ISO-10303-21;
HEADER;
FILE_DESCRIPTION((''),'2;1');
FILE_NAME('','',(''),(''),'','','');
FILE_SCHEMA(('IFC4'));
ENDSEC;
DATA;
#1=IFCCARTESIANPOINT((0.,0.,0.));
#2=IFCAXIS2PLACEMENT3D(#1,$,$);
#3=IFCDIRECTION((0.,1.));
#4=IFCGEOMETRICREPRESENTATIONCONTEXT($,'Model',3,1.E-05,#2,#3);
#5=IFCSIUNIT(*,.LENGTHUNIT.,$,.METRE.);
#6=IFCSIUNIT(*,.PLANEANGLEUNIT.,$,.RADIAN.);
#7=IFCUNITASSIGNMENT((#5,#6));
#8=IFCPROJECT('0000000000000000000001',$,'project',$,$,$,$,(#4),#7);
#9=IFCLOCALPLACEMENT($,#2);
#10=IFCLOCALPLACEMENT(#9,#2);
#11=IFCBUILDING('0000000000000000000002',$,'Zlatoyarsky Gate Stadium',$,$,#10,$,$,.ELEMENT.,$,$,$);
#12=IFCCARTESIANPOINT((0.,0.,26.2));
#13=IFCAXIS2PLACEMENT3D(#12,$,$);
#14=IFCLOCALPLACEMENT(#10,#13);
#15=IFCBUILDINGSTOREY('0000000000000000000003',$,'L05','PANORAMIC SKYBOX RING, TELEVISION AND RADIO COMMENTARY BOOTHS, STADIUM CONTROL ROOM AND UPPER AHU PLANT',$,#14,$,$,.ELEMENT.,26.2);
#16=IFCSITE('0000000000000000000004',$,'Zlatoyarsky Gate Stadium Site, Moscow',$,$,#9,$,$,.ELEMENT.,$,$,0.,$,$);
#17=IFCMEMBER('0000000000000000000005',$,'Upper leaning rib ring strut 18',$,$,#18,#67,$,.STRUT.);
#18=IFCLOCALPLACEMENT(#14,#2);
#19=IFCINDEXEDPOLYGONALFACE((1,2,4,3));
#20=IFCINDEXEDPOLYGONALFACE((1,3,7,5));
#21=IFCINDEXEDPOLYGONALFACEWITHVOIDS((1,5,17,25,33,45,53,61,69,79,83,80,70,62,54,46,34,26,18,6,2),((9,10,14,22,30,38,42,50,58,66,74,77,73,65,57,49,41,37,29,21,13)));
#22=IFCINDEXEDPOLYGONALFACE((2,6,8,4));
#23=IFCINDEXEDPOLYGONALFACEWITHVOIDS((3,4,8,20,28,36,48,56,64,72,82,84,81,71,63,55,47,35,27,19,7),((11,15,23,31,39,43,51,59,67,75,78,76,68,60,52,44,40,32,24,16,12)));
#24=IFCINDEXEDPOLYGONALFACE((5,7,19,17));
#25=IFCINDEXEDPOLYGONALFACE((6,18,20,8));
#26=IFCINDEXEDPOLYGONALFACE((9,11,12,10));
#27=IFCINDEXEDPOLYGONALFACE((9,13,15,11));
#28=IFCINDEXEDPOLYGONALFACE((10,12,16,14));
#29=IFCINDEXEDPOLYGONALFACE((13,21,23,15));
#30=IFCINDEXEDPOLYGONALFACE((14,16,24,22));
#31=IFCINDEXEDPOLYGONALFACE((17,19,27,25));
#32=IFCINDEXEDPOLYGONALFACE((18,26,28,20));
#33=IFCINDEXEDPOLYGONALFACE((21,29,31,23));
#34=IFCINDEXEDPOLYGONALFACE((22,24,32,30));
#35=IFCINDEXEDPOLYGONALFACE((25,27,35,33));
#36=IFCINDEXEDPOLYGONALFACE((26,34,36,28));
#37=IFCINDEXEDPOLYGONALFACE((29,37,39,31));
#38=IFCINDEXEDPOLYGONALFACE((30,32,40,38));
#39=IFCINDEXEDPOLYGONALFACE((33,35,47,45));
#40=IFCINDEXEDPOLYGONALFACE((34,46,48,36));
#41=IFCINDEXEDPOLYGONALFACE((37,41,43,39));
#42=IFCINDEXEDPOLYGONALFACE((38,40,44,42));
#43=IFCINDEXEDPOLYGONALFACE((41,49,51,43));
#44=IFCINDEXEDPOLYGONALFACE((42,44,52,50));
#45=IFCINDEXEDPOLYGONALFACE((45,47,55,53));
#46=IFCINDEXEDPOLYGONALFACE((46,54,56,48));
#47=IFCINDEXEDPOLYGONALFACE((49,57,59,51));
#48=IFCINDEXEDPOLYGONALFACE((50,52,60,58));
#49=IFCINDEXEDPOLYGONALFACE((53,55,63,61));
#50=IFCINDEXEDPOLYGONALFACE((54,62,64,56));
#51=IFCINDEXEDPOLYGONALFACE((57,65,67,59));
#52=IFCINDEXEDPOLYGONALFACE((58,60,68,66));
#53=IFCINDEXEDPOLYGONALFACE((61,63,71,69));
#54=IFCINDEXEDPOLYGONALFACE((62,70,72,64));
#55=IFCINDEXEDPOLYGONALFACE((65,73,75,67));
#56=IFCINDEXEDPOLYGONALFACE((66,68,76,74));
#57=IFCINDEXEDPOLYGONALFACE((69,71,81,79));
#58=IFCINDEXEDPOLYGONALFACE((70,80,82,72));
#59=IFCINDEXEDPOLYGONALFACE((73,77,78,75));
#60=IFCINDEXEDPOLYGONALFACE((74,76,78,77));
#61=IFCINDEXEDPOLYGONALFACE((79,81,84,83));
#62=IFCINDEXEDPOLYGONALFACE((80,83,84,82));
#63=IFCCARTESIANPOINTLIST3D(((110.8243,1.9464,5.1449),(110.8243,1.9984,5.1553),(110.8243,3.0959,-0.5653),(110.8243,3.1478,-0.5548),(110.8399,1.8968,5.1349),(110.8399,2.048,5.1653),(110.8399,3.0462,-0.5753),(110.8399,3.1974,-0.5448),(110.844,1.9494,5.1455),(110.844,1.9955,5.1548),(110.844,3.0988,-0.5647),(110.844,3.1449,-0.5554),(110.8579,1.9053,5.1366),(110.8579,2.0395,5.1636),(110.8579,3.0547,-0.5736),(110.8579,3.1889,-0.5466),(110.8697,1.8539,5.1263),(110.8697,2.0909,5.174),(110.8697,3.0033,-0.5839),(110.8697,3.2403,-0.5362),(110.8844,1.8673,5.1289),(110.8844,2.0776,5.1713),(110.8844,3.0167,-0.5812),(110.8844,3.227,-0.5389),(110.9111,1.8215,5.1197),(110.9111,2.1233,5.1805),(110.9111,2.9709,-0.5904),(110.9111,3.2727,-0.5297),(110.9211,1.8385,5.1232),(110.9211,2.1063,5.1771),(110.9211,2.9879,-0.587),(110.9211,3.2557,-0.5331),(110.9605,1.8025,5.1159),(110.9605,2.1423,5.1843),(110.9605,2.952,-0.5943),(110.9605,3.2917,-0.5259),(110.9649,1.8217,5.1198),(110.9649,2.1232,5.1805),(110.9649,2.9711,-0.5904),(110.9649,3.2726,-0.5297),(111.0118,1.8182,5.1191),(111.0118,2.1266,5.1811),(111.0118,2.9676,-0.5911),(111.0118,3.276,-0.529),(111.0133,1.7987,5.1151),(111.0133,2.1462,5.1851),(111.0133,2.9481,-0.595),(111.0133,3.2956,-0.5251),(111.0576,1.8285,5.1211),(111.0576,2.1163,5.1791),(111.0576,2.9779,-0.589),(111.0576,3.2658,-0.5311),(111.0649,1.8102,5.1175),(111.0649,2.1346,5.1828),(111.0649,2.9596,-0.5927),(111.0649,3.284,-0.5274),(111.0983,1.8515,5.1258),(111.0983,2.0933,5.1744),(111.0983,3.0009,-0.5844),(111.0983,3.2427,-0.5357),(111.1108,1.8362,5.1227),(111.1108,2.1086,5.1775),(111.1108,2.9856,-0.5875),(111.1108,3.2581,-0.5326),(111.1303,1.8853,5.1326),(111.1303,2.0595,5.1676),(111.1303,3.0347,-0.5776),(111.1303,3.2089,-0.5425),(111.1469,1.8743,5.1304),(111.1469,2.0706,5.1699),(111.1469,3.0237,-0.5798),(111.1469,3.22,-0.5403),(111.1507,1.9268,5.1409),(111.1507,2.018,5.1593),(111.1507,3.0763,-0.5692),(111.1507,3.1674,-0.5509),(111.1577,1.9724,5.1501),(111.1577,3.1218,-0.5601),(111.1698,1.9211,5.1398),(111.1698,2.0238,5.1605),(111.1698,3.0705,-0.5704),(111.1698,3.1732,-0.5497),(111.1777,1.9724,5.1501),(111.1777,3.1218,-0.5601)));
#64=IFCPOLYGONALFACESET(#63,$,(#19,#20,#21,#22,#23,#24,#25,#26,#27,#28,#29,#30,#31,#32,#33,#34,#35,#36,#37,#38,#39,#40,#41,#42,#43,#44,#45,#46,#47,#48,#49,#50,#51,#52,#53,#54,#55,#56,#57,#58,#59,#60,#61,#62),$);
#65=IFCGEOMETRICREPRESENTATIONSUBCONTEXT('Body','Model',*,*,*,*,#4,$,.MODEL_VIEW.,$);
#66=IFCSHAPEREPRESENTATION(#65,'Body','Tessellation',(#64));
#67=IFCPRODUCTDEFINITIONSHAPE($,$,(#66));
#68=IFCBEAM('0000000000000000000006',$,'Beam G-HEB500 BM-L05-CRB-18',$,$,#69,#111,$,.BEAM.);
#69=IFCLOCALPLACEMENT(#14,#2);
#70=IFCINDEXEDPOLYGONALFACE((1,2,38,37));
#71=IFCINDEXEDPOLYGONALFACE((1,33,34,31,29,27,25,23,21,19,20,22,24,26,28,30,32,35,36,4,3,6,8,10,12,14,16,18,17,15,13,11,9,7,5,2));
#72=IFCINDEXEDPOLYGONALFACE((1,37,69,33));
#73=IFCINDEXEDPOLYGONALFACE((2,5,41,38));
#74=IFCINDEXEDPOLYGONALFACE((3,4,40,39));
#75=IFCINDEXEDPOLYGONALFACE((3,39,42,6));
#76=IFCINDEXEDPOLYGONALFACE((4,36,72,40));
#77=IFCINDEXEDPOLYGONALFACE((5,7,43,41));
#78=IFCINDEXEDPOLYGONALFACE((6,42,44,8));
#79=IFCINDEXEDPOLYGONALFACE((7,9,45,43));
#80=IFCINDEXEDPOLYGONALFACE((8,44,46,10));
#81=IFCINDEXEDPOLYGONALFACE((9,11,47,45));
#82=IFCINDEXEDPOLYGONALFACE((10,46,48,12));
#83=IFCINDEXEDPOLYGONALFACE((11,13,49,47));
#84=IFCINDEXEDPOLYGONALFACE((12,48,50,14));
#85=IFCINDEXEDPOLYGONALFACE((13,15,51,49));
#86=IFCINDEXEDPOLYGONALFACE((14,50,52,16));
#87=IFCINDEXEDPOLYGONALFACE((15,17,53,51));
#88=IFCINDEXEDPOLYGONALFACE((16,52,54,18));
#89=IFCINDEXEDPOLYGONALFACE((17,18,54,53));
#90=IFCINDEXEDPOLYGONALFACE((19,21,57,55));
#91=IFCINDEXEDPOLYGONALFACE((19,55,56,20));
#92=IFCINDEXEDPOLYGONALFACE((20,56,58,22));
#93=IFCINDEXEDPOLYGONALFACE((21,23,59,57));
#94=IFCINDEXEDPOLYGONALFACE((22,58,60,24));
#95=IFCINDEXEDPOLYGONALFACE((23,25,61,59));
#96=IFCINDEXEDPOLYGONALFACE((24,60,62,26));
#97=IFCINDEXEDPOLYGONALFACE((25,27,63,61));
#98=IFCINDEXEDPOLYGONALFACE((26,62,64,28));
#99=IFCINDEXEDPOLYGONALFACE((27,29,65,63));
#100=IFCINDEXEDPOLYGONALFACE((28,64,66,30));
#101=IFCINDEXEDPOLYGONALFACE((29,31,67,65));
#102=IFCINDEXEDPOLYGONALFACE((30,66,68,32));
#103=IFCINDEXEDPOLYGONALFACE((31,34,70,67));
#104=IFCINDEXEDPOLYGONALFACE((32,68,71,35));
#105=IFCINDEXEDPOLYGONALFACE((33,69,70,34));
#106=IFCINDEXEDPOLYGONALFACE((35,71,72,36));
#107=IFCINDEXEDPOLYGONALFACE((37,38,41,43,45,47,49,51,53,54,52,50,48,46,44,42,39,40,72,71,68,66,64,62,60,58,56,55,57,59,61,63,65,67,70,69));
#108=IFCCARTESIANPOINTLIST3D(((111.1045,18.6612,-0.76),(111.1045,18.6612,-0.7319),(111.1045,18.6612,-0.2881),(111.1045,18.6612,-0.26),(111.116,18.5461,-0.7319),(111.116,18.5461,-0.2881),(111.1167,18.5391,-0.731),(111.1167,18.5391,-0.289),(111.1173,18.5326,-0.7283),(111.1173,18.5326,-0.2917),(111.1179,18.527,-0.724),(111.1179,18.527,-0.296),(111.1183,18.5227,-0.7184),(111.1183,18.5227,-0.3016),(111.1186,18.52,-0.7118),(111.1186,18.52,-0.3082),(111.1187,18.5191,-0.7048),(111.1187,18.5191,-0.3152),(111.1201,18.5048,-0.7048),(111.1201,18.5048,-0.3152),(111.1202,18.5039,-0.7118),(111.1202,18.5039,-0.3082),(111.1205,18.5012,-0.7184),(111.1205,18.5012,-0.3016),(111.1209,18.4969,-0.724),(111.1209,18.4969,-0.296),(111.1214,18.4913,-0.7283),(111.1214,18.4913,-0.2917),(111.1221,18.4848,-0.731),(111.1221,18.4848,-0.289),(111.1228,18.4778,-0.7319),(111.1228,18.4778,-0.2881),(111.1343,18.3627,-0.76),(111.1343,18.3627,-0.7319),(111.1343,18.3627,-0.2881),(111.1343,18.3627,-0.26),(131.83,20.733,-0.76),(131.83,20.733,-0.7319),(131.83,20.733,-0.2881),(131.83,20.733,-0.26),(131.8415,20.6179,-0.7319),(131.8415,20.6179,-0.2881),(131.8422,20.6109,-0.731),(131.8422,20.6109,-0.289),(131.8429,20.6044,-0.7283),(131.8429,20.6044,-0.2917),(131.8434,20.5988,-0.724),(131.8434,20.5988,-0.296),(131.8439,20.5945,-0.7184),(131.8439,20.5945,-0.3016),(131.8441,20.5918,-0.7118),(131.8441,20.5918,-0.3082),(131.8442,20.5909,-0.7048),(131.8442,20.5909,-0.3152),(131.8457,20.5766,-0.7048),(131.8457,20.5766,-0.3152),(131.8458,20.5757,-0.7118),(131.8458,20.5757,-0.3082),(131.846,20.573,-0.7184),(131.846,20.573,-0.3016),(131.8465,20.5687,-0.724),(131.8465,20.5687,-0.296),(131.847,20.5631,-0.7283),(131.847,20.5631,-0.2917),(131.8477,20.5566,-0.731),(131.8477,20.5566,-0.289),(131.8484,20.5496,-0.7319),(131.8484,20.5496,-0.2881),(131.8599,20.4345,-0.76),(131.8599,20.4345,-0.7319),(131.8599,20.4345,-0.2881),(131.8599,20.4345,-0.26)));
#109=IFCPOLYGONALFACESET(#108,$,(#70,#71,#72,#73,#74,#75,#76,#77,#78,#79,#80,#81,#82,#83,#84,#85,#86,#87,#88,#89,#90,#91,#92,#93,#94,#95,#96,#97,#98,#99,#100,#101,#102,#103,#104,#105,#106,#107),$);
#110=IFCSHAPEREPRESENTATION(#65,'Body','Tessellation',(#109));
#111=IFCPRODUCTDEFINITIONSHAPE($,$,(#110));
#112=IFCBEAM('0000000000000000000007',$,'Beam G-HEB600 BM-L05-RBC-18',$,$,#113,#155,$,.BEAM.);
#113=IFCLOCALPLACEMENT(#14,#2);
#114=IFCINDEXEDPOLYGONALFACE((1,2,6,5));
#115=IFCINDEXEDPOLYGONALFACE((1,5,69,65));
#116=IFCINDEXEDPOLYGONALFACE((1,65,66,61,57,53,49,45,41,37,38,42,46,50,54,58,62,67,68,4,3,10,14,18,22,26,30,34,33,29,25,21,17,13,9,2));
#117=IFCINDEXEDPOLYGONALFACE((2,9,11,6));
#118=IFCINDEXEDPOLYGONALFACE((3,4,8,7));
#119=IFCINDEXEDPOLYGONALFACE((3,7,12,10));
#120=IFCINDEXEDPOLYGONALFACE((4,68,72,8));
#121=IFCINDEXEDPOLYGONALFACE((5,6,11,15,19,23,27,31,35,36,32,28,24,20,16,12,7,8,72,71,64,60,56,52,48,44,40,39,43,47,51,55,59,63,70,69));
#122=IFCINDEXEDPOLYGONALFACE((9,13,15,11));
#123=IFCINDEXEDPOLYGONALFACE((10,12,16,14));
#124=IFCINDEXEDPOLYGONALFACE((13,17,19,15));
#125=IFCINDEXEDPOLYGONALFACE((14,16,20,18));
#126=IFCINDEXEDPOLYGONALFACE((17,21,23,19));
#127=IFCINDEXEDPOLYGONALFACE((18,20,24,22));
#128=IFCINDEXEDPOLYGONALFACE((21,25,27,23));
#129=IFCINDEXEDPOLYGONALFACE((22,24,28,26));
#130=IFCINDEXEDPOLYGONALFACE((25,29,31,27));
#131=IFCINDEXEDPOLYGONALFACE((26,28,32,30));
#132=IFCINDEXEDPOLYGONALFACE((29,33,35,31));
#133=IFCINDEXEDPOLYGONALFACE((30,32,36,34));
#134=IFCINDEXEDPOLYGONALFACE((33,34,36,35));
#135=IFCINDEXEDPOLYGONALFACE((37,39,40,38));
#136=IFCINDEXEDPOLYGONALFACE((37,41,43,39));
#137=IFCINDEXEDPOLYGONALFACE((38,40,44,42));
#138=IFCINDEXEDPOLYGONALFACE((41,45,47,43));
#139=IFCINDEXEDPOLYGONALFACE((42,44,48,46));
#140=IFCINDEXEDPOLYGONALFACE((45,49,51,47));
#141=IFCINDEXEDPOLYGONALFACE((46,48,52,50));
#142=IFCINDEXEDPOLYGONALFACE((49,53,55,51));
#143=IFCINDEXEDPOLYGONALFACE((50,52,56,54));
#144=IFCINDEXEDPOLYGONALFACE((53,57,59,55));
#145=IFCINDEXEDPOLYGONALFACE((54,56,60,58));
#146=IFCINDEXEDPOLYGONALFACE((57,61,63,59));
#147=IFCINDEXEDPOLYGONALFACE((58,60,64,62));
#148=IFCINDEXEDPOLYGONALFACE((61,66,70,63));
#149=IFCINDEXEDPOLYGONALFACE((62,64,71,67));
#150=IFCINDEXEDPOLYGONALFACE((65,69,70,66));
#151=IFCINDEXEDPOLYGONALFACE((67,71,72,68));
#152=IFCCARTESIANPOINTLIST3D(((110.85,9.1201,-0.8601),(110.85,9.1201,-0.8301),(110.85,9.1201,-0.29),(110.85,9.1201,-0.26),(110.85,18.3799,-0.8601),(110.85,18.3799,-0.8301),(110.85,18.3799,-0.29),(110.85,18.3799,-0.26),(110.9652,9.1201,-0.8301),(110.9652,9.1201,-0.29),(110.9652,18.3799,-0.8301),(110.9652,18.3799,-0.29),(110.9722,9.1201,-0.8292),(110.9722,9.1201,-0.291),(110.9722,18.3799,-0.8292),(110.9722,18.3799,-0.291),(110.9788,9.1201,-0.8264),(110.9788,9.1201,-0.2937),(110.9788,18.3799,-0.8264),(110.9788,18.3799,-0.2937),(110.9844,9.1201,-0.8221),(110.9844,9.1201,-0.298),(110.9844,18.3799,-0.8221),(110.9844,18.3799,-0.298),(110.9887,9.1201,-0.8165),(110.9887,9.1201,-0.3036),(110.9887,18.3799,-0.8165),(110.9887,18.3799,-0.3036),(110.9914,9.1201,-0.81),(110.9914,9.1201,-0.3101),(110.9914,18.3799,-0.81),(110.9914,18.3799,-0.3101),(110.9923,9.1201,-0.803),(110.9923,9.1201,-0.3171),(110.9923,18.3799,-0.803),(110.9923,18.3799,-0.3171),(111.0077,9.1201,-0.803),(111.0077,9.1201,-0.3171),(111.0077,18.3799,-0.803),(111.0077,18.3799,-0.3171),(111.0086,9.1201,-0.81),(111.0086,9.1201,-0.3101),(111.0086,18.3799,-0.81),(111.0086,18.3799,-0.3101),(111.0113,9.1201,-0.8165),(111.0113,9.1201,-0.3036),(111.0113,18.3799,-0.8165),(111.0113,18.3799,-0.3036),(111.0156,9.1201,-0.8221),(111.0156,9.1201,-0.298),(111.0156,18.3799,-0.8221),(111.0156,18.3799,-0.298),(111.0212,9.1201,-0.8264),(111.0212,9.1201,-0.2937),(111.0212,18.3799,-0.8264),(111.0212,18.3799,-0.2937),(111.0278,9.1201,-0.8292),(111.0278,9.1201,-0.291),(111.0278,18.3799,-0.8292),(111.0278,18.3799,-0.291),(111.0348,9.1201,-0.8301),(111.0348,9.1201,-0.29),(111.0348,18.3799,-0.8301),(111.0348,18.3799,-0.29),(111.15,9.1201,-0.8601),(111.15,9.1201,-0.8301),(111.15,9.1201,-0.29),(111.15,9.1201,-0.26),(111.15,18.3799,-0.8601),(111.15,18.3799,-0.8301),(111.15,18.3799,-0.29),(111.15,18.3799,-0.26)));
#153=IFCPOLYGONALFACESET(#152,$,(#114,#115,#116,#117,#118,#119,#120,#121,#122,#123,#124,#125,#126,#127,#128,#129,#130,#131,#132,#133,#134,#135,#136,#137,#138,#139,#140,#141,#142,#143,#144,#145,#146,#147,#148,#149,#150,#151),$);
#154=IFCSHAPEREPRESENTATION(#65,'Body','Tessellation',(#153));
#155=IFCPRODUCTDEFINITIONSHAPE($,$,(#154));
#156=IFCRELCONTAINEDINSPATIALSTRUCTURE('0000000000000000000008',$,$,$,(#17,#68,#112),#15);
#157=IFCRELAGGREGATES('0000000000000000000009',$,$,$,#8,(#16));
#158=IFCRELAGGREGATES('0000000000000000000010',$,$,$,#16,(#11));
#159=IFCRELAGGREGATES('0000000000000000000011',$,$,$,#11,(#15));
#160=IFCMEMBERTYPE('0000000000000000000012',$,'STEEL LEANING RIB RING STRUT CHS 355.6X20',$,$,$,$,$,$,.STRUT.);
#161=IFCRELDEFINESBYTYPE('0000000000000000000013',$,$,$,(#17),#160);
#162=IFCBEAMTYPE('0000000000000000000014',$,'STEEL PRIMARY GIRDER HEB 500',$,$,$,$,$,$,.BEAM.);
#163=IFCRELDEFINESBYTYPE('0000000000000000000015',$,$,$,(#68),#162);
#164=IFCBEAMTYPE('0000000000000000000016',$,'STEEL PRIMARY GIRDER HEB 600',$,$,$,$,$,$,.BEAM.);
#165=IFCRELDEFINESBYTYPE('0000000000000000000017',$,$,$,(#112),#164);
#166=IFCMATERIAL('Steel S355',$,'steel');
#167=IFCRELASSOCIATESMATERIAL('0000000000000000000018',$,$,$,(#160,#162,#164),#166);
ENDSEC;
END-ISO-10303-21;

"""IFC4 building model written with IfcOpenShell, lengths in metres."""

from ifc_helpers import new_model, si_unit, direction, frame, origin, origin_2d, place, context, subcontext, project, spatial, hollow_circle, i_section, extrude, material, material_profile, profile_set, type_object, element, save


model = new_model("IFC4")

# Units and contexts
model_context = context("Model", 3, precision=1e-05, world=origin(), true_north=direction((0.0, 1.0)))
body_context = subcontext(model_context, "Body", "Model", "MODEL_VIEW")
ifc_project = project(units=[si_unit("LENGTHUNIT", "METRE"), si_unit("PLANEANGLEUNIT", "RADIAN")], contexts=[model_context])

# Site, building, storey
site_placement = place(None, origin())
site = spatial("IfcSite", under=ifc_project, at=site_placement, Name="Zlatoyarsky Gate Stadium Site, Moscow", CompositionType="ELEMENT", RefElevation=0.0)
building_placement = place(site_placement, origin())
building = spatial("IfcBuilding", under=site, at=building_placement, Name="Zlatoyarsky Gate Stadium", CompositionType="ELEMENT")
storey_placement = place(building_placement, frame((0.0, 0.0, 26.2)))
storey = spatial("IfcBuildingStorey", under=building, at=storey_placement, Name="L05", Description="PANORAMIC SKYBOX RING, TELEVISION AND RADIO COMMENTARY BOOTHS, STADIUM CONTROL ROOM AND UPPER AHU PLANT", CompositionType="ELEMENT", Elevation=26.2)

# Shared definitions
ifc_material_1 = material(Name="Steel S355", Category="steel")

# Member
ifc_material_profile_1 = material_profile(ifc_material_1, hollow_circle(Radius=0.1777, WallThickness=0.02, at=origin_2d()), Name="CHS 355.6X20")
ifc_profile_set_1 = profile_set([ifc_material_profile_1], Name="Steel S355")
member_type_1 = type_object("IfcMemberType", Name="STEEL LEANING RIB RING STRUT CHS 355.6X20", PredefinedType="STRUT", material=ifc_profile_set_1)
member_1_placement = place(storey_placement, frame((111.0, 3.1218, -0.5601), z_axis=(0.0, -0.197333, 0.980336), x_axis=(1.0, 0.0, 0.0)))
element("IfcMember", 1, at=member_1_placement, inside=storey, type_object=member_type_1, Name="Upper leaning rib ring strut 18", PredefinedType="STRUT", context=body_context, shape_type="SweptSolid", body=[
    extrude(hollow_circle(Radius=0.1777, WallThickness=0.02, at=origin_2d()), origin(), (0.0, 0.0, 1.0), 5.8247),
])

# Beams
ifc_material_profile_2 = material_profile(ifc_material_1, i_section(OverallWidth=0.3, OverallDepth=0.5, WebThickness=0.0144, FlangeThickness=0.0281, FilletRadius=0.0271, at=origin_2d()), Name="HEB 500")
ifc_profile_set_2 = profile_set([ifc_material_profile_2], Name="Steel S355")
beam_type_1 = type_object("IfcBeamType", Name="STEEL PRIMARY GIRDER HEB 500", PredefinedType="BEAM", material=ifc_profile_set_2)
beam_1_placement = place(storey_placement, frame((111.1194, 18.512, -0.51), z_axis=(0.995041, 0.099467, 0.0), x_axis=(-0.099467, 0.995041, 0.0)))
element("IfcBeam", 2, at=beam_1_placement, inside=storey, type_object=beam_type_1, Name="Beam G-HEB500 BM-L05-CRB-18", PredefinedType="BEAM", context=body_context, shape_type="SweptSolid", body=[
    extrude(i_section(OverallWidth=0.3, OverallDepth=0.5, WebThickness=0.0144, FlangeThickness=0.0281, FilletRadius=0.0271, at=origin_2d()), origin(), (0.0, 0.0, 1.0), 20.8289),
])
ifc_material_profile_3 = material_profile(ifc_material_1, i_section(OverallWidth=0.3, OverallDepth=0.6001, WebThickness=0.0154, FlangeThickness=0.03, FilletRadius=0.0271, at=origin_2d()), Name="HEB 600")
ifc_profile_set_3 = profile_set([ifc_material_profile_3], Name="Steel S355")
beam_type_2 = type_object("IfcBeamType", Name="STEEL PRIMARY GIRDER HEB 600", PredefinedType="BEAM", material=ifc_profile_set_3)
beam_2_placement = place(storey_placement, frame((111.0, 18.3799, -0.5601), z_axis=(0.0, -1.0, 0.0), x_axis=(1.0, 0.0, 0.0)))
element("IfcBeam", 3, at=beam_2_placement, inside=storey, type_object=beam_type_2, Name="Beam G-HEB600 BM-L05-RBC-18", PredefinedType="BEAM", context=body_context, shape_type="SweptSolid", body=[
    extrude(i_section(OverallWidth=0.3, OverallDepth=0.6001, WebThickness=0.0154, FlangeThickness=0.03, FilletRadius=0.0271, at=origin_2d()), origin(), (0.0, 0.0, 1.0), 9.2598),
])

save(model, "model.ifc")
